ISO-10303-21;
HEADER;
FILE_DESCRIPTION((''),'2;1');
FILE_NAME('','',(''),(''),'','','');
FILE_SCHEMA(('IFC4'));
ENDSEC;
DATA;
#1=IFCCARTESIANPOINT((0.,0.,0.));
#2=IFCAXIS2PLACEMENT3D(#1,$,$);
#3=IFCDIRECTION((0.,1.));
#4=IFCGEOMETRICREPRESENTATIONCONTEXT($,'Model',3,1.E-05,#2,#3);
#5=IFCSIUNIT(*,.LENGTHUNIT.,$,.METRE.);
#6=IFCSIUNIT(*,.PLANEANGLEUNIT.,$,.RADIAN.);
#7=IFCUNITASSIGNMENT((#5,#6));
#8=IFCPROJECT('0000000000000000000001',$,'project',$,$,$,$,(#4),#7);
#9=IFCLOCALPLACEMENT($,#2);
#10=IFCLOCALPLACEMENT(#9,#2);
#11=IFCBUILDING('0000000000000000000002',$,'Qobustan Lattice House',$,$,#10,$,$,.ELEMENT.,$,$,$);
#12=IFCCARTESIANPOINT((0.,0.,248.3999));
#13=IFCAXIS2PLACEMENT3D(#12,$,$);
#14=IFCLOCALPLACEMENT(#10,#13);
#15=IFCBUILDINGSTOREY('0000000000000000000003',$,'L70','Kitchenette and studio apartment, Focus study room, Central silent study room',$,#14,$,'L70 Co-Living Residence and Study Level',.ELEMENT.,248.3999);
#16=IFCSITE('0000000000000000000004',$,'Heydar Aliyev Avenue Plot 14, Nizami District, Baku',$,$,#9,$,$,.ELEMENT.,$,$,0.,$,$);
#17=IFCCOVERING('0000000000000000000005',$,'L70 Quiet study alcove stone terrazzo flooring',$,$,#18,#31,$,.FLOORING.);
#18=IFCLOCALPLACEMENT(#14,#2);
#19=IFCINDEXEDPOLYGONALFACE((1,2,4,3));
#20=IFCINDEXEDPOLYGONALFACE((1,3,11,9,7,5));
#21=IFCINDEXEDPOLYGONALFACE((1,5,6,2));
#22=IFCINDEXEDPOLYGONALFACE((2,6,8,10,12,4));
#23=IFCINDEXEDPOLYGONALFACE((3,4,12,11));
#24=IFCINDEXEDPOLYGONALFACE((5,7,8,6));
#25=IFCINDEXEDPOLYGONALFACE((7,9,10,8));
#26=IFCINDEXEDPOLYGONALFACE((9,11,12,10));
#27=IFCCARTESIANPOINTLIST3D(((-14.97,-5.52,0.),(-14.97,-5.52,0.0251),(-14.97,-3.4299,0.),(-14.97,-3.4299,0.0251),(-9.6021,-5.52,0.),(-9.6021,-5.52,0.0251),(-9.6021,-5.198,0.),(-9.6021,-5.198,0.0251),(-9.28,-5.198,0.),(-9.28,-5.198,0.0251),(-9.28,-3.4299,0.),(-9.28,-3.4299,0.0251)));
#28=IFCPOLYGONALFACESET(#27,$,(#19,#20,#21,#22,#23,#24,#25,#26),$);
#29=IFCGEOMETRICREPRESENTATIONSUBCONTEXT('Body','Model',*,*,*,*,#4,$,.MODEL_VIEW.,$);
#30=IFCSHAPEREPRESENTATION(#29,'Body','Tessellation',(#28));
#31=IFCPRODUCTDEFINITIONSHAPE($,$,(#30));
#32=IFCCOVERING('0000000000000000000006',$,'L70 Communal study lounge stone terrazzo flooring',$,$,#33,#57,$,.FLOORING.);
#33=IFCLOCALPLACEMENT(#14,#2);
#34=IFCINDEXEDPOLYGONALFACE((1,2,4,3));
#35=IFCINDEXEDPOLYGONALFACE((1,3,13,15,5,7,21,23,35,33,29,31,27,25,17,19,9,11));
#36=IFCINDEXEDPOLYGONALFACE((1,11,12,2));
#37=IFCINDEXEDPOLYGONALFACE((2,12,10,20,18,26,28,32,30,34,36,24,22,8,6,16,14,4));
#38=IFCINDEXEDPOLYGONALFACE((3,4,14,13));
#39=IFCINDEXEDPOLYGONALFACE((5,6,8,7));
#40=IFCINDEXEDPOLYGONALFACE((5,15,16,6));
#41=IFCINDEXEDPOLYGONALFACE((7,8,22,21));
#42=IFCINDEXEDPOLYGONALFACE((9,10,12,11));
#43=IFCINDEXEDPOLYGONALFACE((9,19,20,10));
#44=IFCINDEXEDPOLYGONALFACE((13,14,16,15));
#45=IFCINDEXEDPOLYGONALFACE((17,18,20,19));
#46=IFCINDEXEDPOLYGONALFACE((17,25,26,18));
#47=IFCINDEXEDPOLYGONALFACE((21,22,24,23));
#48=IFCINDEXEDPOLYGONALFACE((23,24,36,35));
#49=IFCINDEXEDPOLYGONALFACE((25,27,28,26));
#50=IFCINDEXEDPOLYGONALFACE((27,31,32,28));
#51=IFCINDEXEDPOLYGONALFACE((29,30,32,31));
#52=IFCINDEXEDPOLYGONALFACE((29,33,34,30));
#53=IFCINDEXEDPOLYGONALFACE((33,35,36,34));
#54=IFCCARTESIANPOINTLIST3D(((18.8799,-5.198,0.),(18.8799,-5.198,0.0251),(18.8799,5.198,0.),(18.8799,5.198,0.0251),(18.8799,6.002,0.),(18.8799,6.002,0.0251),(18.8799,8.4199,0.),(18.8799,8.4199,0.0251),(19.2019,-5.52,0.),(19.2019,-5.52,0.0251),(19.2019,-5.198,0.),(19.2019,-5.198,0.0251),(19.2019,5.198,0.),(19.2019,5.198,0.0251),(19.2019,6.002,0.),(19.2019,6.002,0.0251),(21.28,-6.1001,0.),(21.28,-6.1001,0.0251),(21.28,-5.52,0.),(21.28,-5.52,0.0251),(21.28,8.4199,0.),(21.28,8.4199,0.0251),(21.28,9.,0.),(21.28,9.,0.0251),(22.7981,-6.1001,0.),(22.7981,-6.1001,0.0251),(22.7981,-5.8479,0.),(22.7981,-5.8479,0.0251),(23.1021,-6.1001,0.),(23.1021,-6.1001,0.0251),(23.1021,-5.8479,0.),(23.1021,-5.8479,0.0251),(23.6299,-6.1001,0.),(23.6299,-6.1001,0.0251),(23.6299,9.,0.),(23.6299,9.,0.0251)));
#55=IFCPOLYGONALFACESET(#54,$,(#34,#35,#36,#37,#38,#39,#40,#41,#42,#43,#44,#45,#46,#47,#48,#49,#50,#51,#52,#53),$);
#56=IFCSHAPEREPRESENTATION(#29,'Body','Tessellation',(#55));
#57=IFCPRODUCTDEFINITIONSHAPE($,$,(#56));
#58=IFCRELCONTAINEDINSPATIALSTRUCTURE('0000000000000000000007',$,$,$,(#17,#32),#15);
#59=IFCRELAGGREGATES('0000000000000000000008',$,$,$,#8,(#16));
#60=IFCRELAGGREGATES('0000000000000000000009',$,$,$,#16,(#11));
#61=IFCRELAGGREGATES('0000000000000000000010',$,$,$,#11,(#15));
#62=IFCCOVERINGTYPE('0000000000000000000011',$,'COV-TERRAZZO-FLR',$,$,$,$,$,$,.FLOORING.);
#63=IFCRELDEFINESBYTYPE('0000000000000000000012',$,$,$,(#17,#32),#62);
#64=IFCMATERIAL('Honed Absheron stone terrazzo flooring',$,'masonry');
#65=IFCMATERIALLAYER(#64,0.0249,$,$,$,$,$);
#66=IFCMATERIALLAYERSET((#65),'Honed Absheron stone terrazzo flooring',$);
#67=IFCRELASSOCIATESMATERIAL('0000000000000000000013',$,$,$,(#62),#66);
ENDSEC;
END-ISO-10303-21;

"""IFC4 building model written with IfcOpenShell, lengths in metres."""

from ifc_helpers import new_model, si_unit, direction, frame, origin, place, context, subcontext, project, spatial, polyline, outline, extrude, material, layer, layer_set, type_object, element, save


model = new_model("IFC4")

# Units and contexts
model_context = context("Model", 3, precision=1e-05, world=origin(), true_north=direction((0.0, 1.0)))
body_context = subcontext(model_context, "Body", "Model", "MODEL_VIEW")
ifc_project = project(units=[si_unit("LENGTHUNIT", "METRE"), si_unit("PLANEANGLEUNIT", "RADIAN")], contexts=[model_context])

# Site, building, storey
site_placement = place(None, origin())
site = spatial("IfcSite", under=ifc_project, at=site_placement, Name="Heydar Aliyev Avenue Plot 14, Nizami District, Baku", CompositionType="ELEMENT", RefElevation=0.0)
building_placement = place(site_placement, origin())
building = spatial("IfcBuilding", under=site, at=building_placement, Name="Qobustan Lattice House", CompositionType="ELEMENT")
storey_placement = place(building_placement, frame((0.0, 0.0, 248.3999)))
storey = spatial("IfcBuildingStorey", under=building, at=storey_placement, Name="L70", Description="Kitchenette and studio apartment, Focus study room, Central silent study room", LongName="L70 Co-Living Residence and Study Level", CompositionType="ELEMENT", Elevation=248.3999)

# Coverings
ifc_material_1 = material(Name="Honed Absheron stone terrazzo flooring", Category="masonry")
ifc_layer_1 = layer(ifc_material_1, 0.0249)
ifc_layer_set_1 = layer_set([ifc_layer_1], Name="Honed Absheron stone terrazzo flooring")
covering_type = type_object("IfcCoveringType", Name="COV-TERRAZZO-FLR", PredefinedType="FLOORING", material=ifc_layer_set_1)
covering_1_placement = place(storey_placement, origin())
element("IfcCovering", 1, at=covering_1_placement, inside=storey, type_object=covering_type, Name="L70 Quiet study alcove stone terrazzo flooring", PredefinedType="FLOORING", context=body_context, shape_type="SweptSolid", body=[
    extrude(outline(polyline([(-9.28, -3.4299), (-14.97, -3.4299), (-14.97, -5.52), (-9.6021, -5.52), (-9.6021, -5.198), (-9.28, -5.198), (-9.28, -3.4299)])), origin(), (0.0, 0.0, 1.0), 0.0251),
])
covering_2_placement = place(storey_placement, origin())
element("IfcCovering", 2, at=covering_2_placement, inside=storey, type_object=covering_type, Name="L70 Communal study lounge stone terrazzo flooring", PredefinedType="FLOORING", context=body_context, shape_type="SweptSolid", body=[
    extrude(outline(polyline([(21.28, -5.52), (21.28, -6.1001), (22.7981, -6.1001), (22.7981, -5.8479), (23.1021, -5.8479), (23.1021, -6.1001), (23.6299, -6.1001), (23.6299, 9.0), (21.28, 9.0), (21.28, 8.4199), (18.8799, 8.4199), (18.8799, 6.002), (19.2019, 6.002), (19.2019, 5.198), (18.8799, 5.198), (18.8799, -5.198), (19.2019, -5.198), (19.2019, -5.52), (21.28, -5.52)])), origin(), (0.0, 0.0, 1.0), 0.0251),
])

save(model, "model.ifc")
